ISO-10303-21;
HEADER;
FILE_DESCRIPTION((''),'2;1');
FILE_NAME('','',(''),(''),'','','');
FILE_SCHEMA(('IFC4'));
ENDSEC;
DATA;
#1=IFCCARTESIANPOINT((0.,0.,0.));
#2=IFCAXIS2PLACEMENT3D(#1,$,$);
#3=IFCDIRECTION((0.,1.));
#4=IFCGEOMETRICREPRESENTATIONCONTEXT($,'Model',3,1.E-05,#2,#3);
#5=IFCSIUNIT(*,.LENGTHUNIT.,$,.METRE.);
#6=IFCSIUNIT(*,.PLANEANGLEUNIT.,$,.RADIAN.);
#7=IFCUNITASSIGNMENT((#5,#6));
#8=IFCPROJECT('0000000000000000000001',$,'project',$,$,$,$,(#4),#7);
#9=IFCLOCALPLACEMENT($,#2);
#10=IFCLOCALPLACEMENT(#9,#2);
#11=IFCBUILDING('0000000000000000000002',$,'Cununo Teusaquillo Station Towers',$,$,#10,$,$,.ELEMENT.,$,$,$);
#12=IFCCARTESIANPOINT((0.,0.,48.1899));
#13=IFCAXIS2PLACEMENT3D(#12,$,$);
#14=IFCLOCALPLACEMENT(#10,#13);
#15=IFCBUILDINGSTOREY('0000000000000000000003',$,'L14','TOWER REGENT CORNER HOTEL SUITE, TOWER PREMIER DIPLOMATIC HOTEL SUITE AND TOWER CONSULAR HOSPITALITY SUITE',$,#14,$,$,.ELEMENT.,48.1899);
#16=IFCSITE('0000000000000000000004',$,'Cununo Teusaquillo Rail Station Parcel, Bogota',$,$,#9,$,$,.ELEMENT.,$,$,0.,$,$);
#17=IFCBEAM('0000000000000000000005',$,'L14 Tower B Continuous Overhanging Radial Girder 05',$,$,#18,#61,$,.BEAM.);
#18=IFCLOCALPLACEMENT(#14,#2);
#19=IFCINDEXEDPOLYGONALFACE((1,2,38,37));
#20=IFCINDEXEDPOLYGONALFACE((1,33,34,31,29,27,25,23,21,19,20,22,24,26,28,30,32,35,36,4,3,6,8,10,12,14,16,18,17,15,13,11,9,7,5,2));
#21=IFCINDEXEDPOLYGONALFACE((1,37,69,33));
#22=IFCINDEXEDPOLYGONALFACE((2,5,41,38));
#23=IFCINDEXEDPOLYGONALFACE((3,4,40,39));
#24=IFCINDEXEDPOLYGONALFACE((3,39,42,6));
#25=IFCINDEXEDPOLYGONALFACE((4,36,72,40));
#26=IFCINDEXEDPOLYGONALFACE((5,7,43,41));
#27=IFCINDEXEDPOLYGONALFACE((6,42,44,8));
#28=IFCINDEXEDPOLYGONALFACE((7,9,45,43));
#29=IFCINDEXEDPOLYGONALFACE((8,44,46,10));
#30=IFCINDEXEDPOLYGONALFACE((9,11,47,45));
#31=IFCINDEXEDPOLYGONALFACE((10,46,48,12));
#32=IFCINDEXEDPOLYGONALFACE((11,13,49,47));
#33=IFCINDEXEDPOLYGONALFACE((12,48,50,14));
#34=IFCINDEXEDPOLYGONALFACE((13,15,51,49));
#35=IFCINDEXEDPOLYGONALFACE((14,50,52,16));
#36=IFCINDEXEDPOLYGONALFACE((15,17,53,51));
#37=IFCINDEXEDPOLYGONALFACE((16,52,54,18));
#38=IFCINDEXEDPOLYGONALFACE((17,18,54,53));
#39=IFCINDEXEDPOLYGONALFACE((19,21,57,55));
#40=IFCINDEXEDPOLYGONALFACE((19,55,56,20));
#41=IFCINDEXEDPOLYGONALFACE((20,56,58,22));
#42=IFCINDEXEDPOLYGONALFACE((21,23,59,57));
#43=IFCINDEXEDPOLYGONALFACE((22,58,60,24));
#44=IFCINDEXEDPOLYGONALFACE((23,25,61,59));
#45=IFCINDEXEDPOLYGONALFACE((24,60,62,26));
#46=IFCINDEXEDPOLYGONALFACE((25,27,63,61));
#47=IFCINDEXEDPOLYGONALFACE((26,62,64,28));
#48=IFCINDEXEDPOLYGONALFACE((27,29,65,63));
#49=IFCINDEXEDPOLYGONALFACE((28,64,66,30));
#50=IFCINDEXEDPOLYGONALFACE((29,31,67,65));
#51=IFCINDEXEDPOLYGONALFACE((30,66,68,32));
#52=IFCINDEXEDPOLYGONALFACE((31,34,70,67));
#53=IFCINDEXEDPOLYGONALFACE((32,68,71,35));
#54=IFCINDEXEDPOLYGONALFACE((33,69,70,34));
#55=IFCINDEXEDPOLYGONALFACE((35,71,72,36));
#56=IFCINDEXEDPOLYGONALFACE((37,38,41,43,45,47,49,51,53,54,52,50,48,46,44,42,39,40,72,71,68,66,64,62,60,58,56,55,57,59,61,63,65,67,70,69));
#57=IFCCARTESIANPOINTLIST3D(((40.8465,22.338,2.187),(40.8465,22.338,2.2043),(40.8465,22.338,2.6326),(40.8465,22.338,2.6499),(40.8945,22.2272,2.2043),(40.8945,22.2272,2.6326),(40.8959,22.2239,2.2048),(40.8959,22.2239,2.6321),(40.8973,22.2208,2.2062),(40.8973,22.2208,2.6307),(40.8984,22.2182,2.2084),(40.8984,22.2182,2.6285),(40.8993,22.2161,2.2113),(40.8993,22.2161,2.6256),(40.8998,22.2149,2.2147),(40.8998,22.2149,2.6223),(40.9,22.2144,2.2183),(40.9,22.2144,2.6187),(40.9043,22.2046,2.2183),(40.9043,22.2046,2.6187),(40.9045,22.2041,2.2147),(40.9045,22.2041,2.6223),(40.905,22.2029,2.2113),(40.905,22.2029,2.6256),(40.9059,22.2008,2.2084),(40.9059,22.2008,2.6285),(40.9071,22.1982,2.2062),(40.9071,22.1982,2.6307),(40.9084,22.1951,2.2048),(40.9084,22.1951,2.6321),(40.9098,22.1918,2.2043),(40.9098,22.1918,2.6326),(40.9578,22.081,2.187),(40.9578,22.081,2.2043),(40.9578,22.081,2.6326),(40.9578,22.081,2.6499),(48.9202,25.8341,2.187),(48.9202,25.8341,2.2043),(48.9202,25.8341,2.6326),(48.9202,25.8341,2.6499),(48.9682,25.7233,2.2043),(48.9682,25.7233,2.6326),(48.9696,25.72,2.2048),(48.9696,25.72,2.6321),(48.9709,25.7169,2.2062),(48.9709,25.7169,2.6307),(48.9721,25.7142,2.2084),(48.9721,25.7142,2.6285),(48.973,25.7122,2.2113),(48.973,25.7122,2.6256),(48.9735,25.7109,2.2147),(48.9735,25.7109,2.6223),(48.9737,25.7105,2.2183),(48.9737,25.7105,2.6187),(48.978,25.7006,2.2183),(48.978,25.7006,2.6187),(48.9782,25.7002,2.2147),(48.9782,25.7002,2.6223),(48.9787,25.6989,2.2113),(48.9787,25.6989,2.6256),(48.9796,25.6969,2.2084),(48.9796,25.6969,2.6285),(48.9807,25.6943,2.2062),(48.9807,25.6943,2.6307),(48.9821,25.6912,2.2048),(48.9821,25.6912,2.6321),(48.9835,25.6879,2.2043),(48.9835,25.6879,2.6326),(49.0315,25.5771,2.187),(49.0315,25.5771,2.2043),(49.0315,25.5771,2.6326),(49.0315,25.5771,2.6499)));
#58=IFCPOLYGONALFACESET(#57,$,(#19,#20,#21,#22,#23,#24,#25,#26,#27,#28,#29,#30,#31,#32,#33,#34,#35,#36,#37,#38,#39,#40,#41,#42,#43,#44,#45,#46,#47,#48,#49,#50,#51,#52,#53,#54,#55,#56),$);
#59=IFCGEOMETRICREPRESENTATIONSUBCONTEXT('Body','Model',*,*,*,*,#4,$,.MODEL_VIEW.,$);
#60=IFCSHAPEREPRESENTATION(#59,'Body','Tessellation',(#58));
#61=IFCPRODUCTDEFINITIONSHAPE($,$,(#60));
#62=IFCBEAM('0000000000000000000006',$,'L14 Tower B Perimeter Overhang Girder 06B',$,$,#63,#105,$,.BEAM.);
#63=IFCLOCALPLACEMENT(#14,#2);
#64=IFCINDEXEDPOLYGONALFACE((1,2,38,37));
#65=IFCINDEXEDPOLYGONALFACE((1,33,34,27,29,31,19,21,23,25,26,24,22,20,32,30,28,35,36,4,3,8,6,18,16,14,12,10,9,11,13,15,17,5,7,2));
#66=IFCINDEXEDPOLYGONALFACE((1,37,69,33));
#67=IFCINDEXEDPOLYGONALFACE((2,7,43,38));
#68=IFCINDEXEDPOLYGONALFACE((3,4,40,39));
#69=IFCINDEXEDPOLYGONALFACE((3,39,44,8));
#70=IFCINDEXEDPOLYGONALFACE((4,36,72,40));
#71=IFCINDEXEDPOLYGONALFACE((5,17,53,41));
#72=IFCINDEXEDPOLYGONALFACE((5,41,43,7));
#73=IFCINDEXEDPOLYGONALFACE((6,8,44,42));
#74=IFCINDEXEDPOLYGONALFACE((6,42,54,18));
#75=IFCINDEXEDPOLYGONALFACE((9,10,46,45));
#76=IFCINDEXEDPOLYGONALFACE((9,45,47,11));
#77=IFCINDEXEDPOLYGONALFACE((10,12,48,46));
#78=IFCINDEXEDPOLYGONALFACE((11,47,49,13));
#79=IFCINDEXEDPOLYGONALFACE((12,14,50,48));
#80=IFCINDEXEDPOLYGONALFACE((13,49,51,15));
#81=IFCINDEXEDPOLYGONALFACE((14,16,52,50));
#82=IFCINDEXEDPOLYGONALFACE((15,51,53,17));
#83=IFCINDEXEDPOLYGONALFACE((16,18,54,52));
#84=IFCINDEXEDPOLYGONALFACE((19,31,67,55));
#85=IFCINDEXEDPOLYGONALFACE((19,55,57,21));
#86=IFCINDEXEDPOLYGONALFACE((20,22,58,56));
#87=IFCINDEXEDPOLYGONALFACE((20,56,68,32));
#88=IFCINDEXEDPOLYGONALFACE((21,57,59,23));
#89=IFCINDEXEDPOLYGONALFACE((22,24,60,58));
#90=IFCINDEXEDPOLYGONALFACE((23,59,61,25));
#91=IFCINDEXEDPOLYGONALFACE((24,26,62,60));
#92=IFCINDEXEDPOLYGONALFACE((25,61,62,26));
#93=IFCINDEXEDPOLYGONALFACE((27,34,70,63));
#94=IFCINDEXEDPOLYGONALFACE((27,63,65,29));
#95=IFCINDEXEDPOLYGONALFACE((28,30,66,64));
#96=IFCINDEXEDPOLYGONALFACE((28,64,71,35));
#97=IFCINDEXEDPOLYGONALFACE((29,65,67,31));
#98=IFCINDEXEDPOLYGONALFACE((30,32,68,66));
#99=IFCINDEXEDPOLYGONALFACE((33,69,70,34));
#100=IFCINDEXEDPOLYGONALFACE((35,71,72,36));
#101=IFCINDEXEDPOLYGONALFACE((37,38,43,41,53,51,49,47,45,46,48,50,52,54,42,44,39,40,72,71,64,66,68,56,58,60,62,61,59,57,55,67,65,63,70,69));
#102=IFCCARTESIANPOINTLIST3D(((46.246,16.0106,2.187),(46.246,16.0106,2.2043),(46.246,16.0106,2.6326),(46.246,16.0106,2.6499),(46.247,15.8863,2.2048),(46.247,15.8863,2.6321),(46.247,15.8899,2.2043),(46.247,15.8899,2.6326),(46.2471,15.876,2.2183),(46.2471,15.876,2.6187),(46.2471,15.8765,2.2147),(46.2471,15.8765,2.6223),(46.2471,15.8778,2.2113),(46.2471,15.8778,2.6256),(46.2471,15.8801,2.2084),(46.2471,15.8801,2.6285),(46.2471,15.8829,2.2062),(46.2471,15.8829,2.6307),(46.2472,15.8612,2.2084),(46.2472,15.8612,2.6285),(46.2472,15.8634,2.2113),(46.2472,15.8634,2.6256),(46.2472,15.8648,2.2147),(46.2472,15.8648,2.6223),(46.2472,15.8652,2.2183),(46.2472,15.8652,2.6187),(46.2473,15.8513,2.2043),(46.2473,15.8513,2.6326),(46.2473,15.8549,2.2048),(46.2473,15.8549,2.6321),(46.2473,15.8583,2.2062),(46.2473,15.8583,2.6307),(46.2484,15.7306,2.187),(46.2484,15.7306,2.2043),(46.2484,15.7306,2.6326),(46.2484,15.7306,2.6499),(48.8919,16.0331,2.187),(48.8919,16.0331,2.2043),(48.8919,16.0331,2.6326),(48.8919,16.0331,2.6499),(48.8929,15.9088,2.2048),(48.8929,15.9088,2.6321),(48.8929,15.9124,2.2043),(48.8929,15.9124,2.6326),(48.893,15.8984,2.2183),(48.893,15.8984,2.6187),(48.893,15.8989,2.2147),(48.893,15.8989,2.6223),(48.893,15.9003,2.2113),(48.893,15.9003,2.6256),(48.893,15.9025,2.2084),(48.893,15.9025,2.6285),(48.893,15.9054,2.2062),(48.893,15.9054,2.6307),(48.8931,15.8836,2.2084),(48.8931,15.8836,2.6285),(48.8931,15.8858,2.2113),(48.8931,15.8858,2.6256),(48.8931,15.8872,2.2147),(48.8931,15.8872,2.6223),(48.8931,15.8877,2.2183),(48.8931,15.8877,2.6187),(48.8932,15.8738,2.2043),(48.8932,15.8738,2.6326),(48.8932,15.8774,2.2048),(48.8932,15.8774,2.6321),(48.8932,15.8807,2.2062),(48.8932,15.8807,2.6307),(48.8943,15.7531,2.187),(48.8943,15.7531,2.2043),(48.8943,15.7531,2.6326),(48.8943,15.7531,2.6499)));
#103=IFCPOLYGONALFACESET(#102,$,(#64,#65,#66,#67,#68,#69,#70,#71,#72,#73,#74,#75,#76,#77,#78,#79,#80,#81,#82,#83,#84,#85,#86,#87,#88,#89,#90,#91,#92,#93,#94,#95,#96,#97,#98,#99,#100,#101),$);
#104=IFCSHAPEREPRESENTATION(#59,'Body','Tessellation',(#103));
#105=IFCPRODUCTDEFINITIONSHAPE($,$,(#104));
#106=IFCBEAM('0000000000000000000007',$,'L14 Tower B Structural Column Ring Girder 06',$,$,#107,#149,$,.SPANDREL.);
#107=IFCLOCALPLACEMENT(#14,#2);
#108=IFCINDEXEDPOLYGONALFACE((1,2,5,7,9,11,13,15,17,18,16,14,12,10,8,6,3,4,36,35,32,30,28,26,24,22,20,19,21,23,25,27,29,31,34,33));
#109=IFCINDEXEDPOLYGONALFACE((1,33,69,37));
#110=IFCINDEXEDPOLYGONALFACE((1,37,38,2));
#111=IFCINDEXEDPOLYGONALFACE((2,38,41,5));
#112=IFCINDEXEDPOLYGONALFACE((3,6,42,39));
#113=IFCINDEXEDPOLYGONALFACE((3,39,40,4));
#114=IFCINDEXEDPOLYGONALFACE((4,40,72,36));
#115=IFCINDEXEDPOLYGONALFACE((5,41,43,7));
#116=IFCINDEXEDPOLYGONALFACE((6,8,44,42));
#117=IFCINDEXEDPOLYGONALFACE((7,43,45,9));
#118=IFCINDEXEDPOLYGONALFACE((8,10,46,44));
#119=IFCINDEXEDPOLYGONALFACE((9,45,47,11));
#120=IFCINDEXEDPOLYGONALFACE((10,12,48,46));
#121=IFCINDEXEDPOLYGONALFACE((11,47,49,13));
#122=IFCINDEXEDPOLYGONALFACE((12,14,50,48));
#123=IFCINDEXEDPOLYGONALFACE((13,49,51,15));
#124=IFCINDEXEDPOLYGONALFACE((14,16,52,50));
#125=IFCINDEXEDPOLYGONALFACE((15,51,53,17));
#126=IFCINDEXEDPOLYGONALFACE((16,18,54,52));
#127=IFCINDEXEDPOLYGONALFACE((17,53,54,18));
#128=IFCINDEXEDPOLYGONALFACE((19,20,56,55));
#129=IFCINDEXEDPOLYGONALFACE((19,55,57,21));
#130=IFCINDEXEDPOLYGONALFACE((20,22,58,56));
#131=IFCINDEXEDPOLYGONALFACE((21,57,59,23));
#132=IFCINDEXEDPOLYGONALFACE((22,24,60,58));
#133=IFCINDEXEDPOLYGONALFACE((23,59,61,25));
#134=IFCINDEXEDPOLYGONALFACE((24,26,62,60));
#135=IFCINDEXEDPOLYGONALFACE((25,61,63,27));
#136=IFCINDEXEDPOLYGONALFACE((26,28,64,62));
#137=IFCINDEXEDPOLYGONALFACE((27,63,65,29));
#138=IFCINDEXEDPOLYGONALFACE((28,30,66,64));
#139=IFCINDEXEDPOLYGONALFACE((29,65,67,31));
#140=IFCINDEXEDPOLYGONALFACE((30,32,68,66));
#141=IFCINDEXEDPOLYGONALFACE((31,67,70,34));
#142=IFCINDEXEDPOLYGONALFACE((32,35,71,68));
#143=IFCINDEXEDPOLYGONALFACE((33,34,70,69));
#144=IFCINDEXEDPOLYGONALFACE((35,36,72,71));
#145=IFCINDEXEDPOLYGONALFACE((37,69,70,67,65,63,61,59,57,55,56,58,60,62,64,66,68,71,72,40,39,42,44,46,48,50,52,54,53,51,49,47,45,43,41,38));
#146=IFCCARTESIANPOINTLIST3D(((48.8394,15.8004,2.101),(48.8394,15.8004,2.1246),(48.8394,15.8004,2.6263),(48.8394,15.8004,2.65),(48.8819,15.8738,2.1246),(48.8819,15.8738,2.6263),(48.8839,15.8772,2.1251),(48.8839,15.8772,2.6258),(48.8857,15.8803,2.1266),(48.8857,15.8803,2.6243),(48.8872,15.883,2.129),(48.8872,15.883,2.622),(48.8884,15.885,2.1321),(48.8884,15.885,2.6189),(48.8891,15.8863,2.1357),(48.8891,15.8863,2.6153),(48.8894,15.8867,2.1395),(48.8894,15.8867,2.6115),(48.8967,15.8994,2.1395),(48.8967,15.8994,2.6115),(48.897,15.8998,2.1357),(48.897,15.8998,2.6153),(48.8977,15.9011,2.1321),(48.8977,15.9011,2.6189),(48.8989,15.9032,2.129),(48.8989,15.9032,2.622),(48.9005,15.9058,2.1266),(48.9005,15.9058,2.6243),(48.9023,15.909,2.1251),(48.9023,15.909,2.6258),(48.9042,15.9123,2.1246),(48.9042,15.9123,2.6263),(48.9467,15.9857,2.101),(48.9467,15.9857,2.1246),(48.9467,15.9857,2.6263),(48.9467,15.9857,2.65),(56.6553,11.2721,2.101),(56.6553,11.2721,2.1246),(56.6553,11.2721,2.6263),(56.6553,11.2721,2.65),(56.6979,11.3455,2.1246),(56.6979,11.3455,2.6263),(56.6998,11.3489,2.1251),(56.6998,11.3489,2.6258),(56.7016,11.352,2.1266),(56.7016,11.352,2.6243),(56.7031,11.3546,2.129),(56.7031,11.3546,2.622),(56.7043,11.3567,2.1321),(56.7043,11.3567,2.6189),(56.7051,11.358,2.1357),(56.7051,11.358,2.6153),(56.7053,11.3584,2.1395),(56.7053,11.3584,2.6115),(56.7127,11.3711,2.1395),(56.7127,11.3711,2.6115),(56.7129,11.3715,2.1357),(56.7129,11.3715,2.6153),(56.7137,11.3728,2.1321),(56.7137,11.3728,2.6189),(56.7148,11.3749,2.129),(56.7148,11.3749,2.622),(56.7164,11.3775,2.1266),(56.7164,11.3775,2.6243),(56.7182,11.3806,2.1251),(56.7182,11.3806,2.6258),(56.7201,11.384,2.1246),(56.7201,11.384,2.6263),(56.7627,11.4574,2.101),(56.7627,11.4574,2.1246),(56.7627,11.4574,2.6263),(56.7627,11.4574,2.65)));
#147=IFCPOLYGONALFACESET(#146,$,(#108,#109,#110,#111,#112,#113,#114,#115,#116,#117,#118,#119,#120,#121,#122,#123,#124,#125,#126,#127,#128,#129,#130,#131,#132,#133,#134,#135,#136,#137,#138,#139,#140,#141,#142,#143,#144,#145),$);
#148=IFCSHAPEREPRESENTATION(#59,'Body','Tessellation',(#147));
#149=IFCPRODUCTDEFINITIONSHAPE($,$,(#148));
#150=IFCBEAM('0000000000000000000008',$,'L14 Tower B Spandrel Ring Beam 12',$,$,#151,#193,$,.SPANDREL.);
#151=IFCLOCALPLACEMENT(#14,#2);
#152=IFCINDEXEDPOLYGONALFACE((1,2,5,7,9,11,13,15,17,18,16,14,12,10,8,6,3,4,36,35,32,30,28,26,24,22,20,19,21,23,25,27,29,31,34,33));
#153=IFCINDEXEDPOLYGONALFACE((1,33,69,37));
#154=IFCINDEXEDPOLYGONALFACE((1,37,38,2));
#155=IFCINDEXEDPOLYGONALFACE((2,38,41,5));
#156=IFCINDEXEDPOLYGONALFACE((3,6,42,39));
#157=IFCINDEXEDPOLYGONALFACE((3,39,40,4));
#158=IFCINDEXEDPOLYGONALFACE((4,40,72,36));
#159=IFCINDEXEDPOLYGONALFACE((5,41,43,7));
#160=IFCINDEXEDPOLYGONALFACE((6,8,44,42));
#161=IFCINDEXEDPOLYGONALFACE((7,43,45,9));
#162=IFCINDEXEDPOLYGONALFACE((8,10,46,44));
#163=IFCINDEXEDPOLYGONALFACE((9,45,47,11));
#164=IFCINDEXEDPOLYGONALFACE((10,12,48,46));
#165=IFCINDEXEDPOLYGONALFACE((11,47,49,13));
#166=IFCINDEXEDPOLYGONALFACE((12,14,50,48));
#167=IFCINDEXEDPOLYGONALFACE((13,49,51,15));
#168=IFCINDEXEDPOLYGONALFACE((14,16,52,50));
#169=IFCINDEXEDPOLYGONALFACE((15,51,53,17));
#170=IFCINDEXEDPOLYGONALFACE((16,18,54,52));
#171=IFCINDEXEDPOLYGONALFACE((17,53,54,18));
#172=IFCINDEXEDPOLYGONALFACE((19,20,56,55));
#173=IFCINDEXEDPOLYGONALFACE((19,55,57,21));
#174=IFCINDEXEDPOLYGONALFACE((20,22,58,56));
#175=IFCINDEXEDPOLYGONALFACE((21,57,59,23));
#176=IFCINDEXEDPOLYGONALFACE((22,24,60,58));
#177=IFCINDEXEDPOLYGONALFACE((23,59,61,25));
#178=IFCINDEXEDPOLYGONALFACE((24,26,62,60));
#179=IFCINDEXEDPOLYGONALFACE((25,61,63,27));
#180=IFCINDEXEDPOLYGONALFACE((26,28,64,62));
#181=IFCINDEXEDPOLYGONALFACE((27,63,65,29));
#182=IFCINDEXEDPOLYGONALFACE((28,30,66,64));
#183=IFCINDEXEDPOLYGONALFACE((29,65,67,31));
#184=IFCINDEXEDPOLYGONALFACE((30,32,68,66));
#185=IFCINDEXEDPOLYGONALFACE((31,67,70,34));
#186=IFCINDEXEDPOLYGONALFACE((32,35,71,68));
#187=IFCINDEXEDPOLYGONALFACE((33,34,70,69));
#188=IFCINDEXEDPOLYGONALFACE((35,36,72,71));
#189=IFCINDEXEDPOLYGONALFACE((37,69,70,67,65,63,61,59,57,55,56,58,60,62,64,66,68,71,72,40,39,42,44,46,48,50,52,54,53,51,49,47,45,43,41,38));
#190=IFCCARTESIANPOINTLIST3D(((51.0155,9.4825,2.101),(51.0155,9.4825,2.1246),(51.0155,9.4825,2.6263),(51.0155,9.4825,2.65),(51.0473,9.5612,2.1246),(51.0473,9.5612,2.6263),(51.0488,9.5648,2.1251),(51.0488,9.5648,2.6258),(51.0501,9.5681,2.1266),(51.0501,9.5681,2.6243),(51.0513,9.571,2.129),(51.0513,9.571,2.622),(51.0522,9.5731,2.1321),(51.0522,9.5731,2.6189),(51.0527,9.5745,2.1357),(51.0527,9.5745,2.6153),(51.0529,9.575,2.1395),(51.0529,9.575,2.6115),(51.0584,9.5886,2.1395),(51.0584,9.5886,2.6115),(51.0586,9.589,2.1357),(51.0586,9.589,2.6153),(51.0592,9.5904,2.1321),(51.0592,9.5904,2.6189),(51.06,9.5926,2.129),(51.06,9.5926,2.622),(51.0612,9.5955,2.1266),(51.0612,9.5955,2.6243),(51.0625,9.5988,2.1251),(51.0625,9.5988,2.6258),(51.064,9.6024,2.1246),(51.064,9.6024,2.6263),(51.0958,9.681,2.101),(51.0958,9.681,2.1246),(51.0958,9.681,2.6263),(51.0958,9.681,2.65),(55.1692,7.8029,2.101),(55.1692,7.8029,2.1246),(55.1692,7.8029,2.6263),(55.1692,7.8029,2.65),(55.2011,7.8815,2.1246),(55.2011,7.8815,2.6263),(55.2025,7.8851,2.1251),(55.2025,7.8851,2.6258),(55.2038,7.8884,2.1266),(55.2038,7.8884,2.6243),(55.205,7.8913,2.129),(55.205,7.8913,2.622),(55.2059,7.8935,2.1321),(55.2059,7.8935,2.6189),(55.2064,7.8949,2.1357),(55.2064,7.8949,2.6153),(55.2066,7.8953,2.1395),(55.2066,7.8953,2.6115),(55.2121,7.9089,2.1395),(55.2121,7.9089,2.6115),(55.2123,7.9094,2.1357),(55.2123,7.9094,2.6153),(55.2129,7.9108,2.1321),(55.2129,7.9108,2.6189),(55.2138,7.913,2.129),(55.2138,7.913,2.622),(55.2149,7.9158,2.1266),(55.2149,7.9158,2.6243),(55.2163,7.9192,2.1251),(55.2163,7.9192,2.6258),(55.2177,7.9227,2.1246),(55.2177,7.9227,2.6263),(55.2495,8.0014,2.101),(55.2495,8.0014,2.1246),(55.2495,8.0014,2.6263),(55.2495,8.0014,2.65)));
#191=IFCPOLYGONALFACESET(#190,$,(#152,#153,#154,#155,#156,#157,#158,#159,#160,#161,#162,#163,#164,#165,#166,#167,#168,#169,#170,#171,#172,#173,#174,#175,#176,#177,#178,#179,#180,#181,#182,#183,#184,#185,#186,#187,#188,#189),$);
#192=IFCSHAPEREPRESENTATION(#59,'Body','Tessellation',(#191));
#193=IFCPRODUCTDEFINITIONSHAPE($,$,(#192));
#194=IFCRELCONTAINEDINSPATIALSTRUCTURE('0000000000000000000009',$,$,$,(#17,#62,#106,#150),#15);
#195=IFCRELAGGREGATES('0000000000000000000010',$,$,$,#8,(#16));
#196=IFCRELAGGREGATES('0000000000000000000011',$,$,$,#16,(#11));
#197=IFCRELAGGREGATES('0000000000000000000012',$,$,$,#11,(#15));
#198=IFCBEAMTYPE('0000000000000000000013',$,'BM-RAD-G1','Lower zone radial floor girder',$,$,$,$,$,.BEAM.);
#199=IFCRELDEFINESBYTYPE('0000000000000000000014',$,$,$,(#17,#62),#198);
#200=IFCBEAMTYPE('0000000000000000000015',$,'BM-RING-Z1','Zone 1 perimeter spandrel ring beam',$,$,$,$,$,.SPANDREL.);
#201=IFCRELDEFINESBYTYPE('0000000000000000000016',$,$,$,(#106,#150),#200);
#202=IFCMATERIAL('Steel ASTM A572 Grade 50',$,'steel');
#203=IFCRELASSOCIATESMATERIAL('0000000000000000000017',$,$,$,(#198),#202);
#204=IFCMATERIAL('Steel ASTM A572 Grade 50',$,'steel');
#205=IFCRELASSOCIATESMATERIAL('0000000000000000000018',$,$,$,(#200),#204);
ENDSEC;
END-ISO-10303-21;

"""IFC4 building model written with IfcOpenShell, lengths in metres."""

from ifc_helpers import new_model, si_unit, direction, frame, origin, origin_2d, place, context, subcontext, project, spatial, i_section, extrude, material, material_profile, profile_set, type_object, element, save


model = new_model("IFC4")

# Units and contexts
model_context = context("Model", 3, precision=1e-05, world=origin(), true_north=direction((0.0, 1.0)))
body_context = subcontext(model_context, "Body", "Model", "MODEL_VIEW")
ifc_project = project(units=[si_unit("LENGTHUNIT", "METRE"), si_unit("PLANEANGLEUNIT", "RADIAN")], contexts=[model_context])

# Site, building, storey
site_placement = place(None, origin())
site = spatial("IfcSite", under=ifc_project, at=site_placement, Name="Cununo Teusaquillo Rail Station Parcel, Bogota", CompositionType="ELEMENT", RefElevation=0.0)
building_placement = place(site_placement, origin())
building = spatial("IfcBuilding", under=site, at=building_placement, Name="Cununo Teusaquillo Station Towers", CompositionType="ELEMENT")
storey_placement = place(building_placement, frame((0.0, 0.0, 48.1899)))
storey = spatial("IfcBuildingStorey", under=building, at=storey_placement, Name="L14", Description="TOWER REGENT CORNER HOTEL SUITE, TOWER PREMIER DIPLOMATIC HOTEL SUITE AND TOWER CONSULAR HOSPITALITY SUITE", CompositionType="ELEMENT", Elevation=48.1899)

# Beams
ifc_material_1 = material(Name="Steel ASTM A572 Grade 50", Category="steel")
ifc_material_profile_1 = material_profile(ifc_material_1, i_section(OverallWidth=0.28, OverallDepth=0.4629, WebThickness=0.0107, FlangeThickness=0.0173, FilletRadius=0.0139, at=origin_2d()), Name="W18X76")
ifc_profile_set_1 = profile_set([ifc_material_profile_1], Name="Steel ASTM A572 Grade 50")
beam_type_1 = type_object("IfcBeamType", Name="BM-RAD-G1", Description="Lower zone radial floor girder", PredefinedType="BEAM", material=ifc_profile_set_1)
beam_1_placement = place(storey_placement, frame((48.9758, 25.7056, 2.4185), z_axis=(-0.91766, -0.397366, 0.0), x_axis=(0.397366, -0.91766, 0.0)))
element("IfcBeam", 1, at=beam_1_placement, inside=storey, type_object=beam_type_1, Name="L14 Tower B Continuous Overhanging Radial Girder 05", PredefinedType="BEAM", context=body_context, shape_type="SweptSolid", body=[
    extrude(i_section(OverallWidth=0.28, OverallDepth=0.4629, WebThickness=0.0107, FlangeThickness=0.0173, FilletRadius=0.0139, at=origin_2d()), origin(), (0.0, 0.0, 1.0), 8.7981),
])
beam_2_placement = place(storey_placement, frame((48.8931, 15.8931, 2.4185), z_axis=(-0.999964, -0.008488, 0.0), x_axis=(0.008488, -0.999964, 0.0)))
element("IfcBeam", 2, at=beam_2_placement, inside=storey, type_object=beam_type_1, Name="L14 Tower B Perimeter Overhang Girder 06B", PredefinedType="BEAM", context=body_context, shape_type="SweptSolid", body=[
    extrude(i_section(OverallWidth=0.28, OverallDepth=0.4629, WebThickness=0.0107, FlangeThickness=0.0173, FilletRadius=0.0139, at=origin_2d()), origin(), (0.0, 0.0, 1.0), 2.646),
])
ifc_material_2 = material(Name="Steel ASTM A572 Grade 50", Category="steel")
ifc_material_profile_2 = material_profile(ifc_material_2, i_section(OverallWidth=0.2141, OverallDepth=0.5491, WebThickness=0.0146, FlangeThickness=0.0237, FilletRadius=0.0149, at=origin_2d()), Name="W21X93")
ifc_profile_set_2 = profile_set([ifc_material_profile_2], Name="Steel ASTM A572 Grade 50")
beam_type_2 = type_object("IfcBeamType", Name="BM-RING-Z1", Description="Zone 1 perimeter spandrel ring beam", PredefinedType="SPANDREL", material=ifc_profile_set_2)
beam_3_placement = place(storey_placement, frame((48.8931, 15.8931, 2.3755), z_axis=(0.865267, -0.501311, 0.0), x_axis=(0.501311, 0.865267, 0.0)))
element("IfcBeam", 3, at=beam_3_placement, inside=storey, type_object=beam_type_2, Name="L14 Tower B Structural Column Ring Girder 06", PredefinedType="SPANDREL", context=body_context, shape_type="SweptSolid", body=[
    extrude(i_section(OverallWidth=0.2141, OverallDepth=0.5491, WebThickness=0.0146, FlangeThickness=0.0237, FilletRadius=0.0149, at=origin_2d()), origin(), (0.0, 0.0, 1.0), 9.033),
])
beam_4_placement = place(storey_placement, frame((51.0557, 9.5818, 2.3755), z_axis=(0.927072, -0.374883, 0.0), x_axis=(0.374883, 0.927072, 0.0)))
element("IfcBeam", 4, at=beam_4_placement, inside=storey, type_object=beam_type_2, Name="L14 Tower B Spandrel Ring Beam 12", PredefinedType="SPANDREL", context=body_context, shape_type="SweptSolid", body=[
    extrude(i_section(OverallWidth=0.2141, OverallDepth=0.5491, WebThickness=0.0146, FlangeThickness=0.0237, FilletRadius=0.0149, at=origin_2d()), origin(), (0.0, 0.0, 1.0), 4.4805),
])

save(model, "model.ifc")
